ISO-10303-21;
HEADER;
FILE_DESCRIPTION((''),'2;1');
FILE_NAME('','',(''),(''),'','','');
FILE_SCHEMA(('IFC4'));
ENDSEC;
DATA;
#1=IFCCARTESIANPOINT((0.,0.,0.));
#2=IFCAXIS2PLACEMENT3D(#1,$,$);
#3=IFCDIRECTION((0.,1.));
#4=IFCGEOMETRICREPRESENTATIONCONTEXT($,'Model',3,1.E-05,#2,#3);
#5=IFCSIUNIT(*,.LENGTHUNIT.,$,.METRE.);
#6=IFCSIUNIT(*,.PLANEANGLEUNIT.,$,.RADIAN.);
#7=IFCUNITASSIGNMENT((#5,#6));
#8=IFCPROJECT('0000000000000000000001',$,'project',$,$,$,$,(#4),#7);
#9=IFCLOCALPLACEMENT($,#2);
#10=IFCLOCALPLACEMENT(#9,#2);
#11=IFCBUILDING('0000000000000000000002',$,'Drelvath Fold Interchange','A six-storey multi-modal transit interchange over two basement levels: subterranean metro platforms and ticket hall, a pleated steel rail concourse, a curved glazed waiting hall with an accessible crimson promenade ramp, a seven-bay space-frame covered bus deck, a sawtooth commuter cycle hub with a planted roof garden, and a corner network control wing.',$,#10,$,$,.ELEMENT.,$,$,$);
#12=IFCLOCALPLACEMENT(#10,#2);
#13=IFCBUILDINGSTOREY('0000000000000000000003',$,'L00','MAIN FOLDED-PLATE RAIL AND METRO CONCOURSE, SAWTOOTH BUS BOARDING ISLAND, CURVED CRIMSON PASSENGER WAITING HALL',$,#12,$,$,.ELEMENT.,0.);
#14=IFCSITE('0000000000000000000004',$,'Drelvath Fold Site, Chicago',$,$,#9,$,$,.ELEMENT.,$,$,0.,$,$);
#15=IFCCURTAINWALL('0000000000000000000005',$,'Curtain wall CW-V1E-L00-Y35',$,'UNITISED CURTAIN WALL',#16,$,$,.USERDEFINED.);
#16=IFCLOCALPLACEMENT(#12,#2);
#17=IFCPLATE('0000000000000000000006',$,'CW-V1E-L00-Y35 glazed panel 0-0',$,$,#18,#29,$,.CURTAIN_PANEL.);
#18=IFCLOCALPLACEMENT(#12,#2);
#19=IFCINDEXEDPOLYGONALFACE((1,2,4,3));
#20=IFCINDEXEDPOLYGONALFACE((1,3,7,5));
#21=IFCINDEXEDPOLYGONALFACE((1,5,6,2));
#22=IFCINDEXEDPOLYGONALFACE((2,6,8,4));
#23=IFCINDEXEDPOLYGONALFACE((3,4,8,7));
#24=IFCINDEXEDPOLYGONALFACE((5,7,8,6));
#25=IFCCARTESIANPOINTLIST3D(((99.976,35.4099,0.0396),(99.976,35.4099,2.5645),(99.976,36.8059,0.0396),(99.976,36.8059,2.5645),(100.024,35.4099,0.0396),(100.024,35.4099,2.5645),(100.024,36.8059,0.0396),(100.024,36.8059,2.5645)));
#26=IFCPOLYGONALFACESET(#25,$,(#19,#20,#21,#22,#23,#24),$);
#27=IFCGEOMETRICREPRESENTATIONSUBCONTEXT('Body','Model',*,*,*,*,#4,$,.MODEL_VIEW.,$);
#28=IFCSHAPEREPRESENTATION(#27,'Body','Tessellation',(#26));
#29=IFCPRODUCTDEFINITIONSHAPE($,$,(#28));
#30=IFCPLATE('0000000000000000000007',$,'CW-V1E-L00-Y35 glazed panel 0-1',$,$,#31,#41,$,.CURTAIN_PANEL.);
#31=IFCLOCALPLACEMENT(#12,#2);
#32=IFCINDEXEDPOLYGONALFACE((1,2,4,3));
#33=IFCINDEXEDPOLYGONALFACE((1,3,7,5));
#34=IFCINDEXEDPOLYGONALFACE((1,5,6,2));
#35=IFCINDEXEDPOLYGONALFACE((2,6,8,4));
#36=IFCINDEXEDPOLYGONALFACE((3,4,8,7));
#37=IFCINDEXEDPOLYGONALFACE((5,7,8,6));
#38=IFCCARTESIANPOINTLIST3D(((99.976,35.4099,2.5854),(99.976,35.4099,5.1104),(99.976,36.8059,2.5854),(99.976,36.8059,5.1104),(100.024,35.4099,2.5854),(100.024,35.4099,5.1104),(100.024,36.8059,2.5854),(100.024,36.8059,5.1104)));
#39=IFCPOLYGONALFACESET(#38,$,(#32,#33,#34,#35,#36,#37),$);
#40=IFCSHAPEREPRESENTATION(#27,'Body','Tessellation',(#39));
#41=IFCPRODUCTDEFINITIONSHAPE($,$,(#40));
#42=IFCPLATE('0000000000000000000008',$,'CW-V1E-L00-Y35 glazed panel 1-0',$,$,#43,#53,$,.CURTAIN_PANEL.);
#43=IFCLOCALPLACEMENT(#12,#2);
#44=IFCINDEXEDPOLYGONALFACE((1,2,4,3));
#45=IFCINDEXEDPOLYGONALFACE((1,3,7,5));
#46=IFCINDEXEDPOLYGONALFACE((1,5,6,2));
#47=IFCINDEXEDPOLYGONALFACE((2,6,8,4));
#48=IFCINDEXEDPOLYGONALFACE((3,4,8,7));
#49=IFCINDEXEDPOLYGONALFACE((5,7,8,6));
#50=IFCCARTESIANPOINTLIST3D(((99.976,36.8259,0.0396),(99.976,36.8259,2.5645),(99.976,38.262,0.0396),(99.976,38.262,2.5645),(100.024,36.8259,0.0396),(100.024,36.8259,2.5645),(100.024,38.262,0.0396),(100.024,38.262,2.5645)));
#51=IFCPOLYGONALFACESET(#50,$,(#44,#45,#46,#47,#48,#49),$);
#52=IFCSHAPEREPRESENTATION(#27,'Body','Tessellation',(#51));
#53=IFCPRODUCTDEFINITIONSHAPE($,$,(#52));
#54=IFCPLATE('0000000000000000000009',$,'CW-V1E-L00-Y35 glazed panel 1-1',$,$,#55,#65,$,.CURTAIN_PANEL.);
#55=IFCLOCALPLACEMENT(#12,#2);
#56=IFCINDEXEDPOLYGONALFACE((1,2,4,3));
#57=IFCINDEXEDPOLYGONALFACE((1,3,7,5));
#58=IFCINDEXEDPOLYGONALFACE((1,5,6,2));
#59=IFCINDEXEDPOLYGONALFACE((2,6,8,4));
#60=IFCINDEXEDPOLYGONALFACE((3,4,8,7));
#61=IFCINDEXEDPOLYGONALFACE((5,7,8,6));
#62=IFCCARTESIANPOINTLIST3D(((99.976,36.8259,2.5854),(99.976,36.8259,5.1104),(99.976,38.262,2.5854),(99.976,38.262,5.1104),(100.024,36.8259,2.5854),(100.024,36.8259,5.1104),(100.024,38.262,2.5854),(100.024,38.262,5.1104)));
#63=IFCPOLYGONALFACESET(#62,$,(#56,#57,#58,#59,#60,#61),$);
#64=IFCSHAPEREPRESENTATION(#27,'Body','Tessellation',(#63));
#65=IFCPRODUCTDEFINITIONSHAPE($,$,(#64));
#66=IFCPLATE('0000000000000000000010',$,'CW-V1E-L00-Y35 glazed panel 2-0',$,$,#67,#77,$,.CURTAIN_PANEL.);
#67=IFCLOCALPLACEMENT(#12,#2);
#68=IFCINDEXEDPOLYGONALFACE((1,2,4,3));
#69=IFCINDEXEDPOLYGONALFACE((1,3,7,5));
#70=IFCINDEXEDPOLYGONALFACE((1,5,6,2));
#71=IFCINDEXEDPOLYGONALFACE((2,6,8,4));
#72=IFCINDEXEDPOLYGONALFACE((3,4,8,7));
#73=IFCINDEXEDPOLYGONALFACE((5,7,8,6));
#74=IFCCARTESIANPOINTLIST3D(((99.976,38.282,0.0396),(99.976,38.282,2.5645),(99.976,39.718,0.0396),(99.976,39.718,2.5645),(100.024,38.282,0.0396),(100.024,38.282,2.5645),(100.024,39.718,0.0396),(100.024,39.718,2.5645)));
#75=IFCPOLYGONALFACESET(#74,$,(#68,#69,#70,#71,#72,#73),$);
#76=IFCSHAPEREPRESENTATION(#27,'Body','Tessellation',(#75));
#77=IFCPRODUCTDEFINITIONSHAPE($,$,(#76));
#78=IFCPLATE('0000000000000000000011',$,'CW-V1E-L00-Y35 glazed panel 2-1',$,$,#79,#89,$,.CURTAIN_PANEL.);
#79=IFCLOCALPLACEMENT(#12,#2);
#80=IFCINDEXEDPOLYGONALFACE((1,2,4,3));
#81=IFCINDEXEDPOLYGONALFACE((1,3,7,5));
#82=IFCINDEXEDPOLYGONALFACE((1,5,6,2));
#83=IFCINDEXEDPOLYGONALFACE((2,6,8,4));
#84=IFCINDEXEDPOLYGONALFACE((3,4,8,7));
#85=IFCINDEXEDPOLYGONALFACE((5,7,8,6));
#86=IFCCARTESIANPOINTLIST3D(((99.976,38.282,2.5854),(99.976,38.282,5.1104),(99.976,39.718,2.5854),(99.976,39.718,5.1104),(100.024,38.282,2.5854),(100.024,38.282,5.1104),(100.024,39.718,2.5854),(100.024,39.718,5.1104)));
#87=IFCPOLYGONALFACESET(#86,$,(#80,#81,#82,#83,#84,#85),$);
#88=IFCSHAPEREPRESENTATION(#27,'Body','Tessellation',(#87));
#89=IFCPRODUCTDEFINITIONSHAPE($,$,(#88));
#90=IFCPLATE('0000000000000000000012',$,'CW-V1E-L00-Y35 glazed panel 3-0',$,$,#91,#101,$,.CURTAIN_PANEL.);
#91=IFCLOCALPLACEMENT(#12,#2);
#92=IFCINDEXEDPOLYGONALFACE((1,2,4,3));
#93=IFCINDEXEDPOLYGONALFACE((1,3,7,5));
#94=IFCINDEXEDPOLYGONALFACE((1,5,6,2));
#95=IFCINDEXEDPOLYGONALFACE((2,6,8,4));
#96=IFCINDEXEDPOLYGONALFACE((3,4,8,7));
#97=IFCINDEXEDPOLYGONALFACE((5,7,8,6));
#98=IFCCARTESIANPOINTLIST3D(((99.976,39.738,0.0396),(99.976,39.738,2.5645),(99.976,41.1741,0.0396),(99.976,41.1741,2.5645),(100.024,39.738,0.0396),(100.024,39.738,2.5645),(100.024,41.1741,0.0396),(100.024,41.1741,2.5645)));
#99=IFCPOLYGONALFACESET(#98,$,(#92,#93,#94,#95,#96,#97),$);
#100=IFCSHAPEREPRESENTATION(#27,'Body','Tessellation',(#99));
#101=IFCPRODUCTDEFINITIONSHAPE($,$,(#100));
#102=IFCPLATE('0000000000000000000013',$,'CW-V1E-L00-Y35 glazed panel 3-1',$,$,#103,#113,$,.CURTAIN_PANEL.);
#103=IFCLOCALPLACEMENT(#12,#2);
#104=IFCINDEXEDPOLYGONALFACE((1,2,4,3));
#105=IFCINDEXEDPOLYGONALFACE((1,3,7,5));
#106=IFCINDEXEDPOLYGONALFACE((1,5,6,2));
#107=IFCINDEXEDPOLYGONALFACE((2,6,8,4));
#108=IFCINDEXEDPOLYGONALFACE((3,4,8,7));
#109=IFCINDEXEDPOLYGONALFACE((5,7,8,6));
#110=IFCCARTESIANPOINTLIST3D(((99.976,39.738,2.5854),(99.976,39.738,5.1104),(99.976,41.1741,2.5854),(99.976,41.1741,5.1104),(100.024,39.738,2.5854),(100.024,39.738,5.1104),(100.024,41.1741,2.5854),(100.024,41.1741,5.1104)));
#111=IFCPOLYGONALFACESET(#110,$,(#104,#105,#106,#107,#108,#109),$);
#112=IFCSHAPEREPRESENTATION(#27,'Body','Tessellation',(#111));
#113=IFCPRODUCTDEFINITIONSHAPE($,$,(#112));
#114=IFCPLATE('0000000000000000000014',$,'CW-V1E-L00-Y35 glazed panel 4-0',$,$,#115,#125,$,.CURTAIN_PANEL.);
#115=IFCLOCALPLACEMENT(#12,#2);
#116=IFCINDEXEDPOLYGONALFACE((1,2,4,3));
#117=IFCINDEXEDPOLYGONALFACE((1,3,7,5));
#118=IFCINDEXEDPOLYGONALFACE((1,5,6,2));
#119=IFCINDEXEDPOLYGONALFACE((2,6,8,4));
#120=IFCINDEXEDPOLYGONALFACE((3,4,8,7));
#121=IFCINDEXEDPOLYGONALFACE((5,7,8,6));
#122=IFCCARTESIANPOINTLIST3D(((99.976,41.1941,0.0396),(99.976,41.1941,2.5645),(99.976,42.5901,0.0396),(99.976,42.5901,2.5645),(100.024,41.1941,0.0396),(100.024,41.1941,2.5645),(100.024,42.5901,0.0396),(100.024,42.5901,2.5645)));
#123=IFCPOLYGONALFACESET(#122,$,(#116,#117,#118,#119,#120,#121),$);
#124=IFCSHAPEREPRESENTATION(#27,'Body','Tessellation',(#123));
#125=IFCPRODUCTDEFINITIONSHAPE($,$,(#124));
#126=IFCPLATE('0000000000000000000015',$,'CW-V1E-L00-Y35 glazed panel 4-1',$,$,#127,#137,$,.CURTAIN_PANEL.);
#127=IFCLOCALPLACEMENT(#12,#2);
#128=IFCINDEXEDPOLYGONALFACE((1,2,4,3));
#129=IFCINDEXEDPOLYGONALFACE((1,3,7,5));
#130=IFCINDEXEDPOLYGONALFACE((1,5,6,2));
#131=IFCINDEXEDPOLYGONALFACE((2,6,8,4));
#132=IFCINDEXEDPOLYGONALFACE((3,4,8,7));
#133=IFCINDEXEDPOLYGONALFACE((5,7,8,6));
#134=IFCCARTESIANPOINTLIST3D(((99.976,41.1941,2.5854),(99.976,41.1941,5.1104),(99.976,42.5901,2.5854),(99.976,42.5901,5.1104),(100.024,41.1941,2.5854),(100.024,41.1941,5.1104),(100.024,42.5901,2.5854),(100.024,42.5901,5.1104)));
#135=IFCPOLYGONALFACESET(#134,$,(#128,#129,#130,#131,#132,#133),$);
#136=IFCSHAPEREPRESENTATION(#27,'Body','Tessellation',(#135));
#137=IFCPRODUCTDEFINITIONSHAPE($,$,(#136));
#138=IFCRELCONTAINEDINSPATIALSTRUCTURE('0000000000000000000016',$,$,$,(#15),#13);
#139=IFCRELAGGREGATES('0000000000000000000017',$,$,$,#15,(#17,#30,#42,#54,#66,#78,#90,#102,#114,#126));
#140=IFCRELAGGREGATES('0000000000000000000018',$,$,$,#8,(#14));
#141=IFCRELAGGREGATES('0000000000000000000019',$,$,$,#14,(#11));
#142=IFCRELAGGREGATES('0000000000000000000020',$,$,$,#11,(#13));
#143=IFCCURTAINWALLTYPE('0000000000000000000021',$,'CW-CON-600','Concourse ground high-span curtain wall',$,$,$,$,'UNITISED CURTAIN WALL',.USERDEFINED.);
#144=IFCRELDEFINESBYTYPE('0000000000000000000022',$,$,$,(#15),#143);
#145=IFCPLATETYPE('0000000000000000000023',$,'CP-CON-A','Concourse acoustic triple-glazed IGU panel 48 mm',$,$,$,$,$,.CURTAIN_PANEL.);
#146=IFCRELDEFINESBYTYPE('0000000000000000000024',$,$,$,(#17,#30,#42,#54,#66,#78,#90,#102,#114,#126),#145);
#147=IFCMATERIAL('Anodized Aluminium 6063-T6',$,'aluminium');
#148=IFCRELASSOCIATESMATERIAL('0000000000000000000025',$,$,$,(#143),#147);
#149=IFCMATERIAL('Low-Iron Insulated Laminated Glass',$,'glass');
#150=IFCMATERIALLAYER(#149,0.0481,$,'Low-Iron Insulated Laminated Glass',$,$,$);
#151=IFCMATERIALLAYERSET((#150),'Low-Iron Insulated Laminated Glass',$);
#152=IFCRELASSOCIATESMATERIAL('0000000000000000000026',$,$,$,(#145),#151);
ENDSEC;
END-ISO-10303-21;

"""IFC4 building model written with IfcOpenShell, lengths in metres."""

from ifc_helpers import new_model, si_unit, direction, frame, origin, origin_2d, place, context, subcontext, project, spatial, rectangle, extrude, material, layer, layer_set, type_object, element, aggregate, save


model = new_model("IFC4")

# Units and contexts
model_context = context("Model", 3, precision=1e-05, world=origin(), true_north=direction((0.0, 1.0)))
body_context = subcontext(model_context, "Body", "Model", "MODEL_VIEW")
ifc_project = project(units=[si_unit("LENGTHUNIT", "METRE"), si_unit("PLANEANGLEUNIT", "RADIAN")], contexts=[model_context])

# Site, building, storey
site_placement = place(None, origin())
site = spatial("IfcSite", under=ifc_project, at=site_placement, Name="Drelvath Fold Site, Chicago", CompositionType="ELEMENT", RefElevation=0.0)
building_placement = place(site_placement, origin())
building = spatial("IfcBuilding", under=site, at=building_placement, Name="Drelvath Fold Interchange", Description="A six-storey multi-modal transit interchange over two basement levels: subterranean metro platforms and ticket hall, a pleated steel rail concourse, a curved glazed waiting hall with an accessible crimson promenade ramp, a seven-bay space-frame covered bus deck, a sawtooth commuter cycle hub with a planted roof garden, and a corner network control wing.", CompositionType="ELEMENT")
storey_placement = place(building_placement, origin())
storey = spatial("IfcBuildingStorey", under=building, at=storey_placement, Name="L00", Description="MAIN FOLDED-PLATE RAIL AND METRO CONCOURSE, SAWTOOTH BUS BOARDING ISLAND, CURVED CRIMSON PASSENGER WAITING HALL", CompositionType="ELEMENT", Elevation=0.0)

# Curtain wall
ifc_material_1 = material(Name="Anodized Aluminium 6063-T6", Category="aluminium")
curtain_wall_type = type_object("IfcCurtainWallType", Name="CW-CON-600", Description="Concourse ground high-span curtain wall", ElementType="UNITISED CURTAIN WALL", PredefinedType="USERDEFINED", material=ifc_material_1)
curtain_wall_1_placement = place(storey_placement, origin())
curtain_wall_1 = element("IfcCurtainWall", 1, at=curtain_wall_1_placement, inside=storey, type_object=curtain_wall_type, Name="Curtain wall CW-V1E-L00-Y35", ObjectType="UNITISED CURTAIN WALL", PredefinedType="USERDEFINED")

# Plates
ifc_material_2 = material(Name="Low-Iron Insulated Laminated Glass", Category="glass")
ifc_layer = layer(ifc_material_2, 0.0481, Name="Low-Iron Insulated Laminated Glass")
ifc_layer_set = layer_set([ifc_layer], Name="Low-Iron Insulated Laminated Glass")
plate_type = type_object("IfcPlateType", Name="CP-CON-A", Description="Concourse acoustic triple-glazed IGU panel 48 mm", PredefinedType="CURTAIN_PANEL", material=ifc_layer_set)
plate_1_placement = place(storey_placement, frame((100.0, 36.1079, 0.0396), z_axis=(0.0, 0.0, 1.0), x_axis=(0.0, 1.0, 0.0)))
plate_1 = element("IfcPlate", 2, at=plate_1_placement, type_object=plate_type, Name="CW-V1E-L00-Y35 glazed panel 0-0", PredefinedType="CURTAIN_PANEL", context=body_context, shape_type="SweptSolid", body=[
    extrude(rectangle(XDim=1.396, YDim=0.0481, at=origin_2d()), origin(), (0.0, 0.0, 1.0), 2.5249),
])
plate_2_placement = place(storey_placement, frame((100.0, 36.1079, 2.5854), z_axis=(0.0, 0.0, 1.0), x_axis=(0.0, 1.0, 0.0)))
plate_2 = element("IfcPlate", 3, at=plate_2_placement, type_object=plate_type, Name="CW-V1E-L00-Y35 glazed panel 0-1", PredefinedType="CURTAIN_PANEL", context=body_context, shape_type="SweptSolid", body=[
    extrude(rectangle(XDim=1.396, YDim=0.0481, at=origin_2d()), origin(), (0.0, 0.0, 1.0), 2.5249),
])
plate_3_placement = place(storey_placement, frame((100.0, 37.5439, 0.0396), z_axis=(0.0, 0.0, 1.0), x_axis=(0.0, 1.0, 0.0)))
plate_3 = element("IfcPlate", 4, at=plate_3_placement, type_object=plate_type, Name="CW-V1E-L00-Y35 glazed panel 1-0", PredefinedType="CURTAIN_PANEL", context=body_context, shape_type="SweptSolid", body=[
    extrude(rectangle(XDim=1.436, YDim=0.0481, at=origin_2d()), origin(), (0.0, 0.0, 1.0), 2.5249),
])
plate_4_placement = place(storey_placement, frame((100.0, 37.5439, 2.5854), z_axis=(0.0, 0.0, 1.0), x_axis=(0.0, 1.0, 0.0)))
plate_4 = element("IfcPlate", 5, at=plate_4_placement, type_object=plate_type, Name="CW-V1E-L00-Y35 glazed panel 1-1", PredefinedType="CURTAIN_PANEL", context=body_context, shape_type="SweptSolid", body=[
    extrude(rectangle(XDim=1.436, YDim=0.0481, at=origin_2d()), origin(), (0.0, 0.0, 1.0), 2.5249),
])
plate_5_placement = place(storey_placement, frame((100.0, 39.0, 0.0396), z_axis=(0.0, 0.0, 1.0), x_axis=(0.0, 1.0, 0.0)))
plate_5 = element("IfcPlate", 6, at=plate_5_placement, type_object=plate_type, Name="CW-V1E-L00-Y35 glazed panel 2-0", PredefinedType="CURTAIN_PANEL", context=body_context, shape_type="SweptSolid", body=[
    extrude(rectangle(XDim=1.436, YDim=0.0481, at=origin_2d()), origin(), (0.0, 0.0, 1.0), 2.5249),
])
plate_6_placement = place(storey_placement, frame((100.0, 39.0, 2.5854), z_axis=(0.0, 0.0, 1.0), x_axis=(0.0, 1.0, 0.0)))
plate_6 = element("IfcPlate", 7, at=plate_6_placement, type_object=plate_type, Name="CW-V1E-L00-Y35 glazed panel 2-1", PredefinedType="CURTAIN_PANEL", context=body_context, shape_type="SweptSolid", body=[
    extrude(rectangle(XDim=1.436, YDim=0.0481, at=origin_2d()), origin(), (0.0, 0.0, 1.0), 2.5249),
])
plate_7_placement = place(storey_placement, frame((100.0, 40.4561, 0.0396), z_axis=(0.0, 0.0, 1.0), x_axis=(0.0, 1.0, 0.0)))
plate_7 = element("IfcPlate", 8, at=plate_7_placement, type_object=plate_type, Name="CW-V1E-L00-Y35 glazed panel 3-0", PredefinedType="CURTAIN_PANEL", context=body_context, shape_type="SweptSolid", body=[
    extrude(rectangle(XDim=1.436, YDim=0.0481, at=origin_2d()), origin(), (0.0, 0.0, 1.0), 2.5249),
])
plate_8_placement = place(storey_placement, frame((100.0, 40.4561, 2.5854), z_axis=(0.0, 0.0, 1.0), x_axis=(0.0, 1.0, 0.0)))
plate_8 = element("IfcPlate", 9, at=plate_8_placement, type_object=plate_type, Name="CW-V1E-L00-Y35 glazed panel 3-1", PredefinedType="CURTAIN_PANEL", context=body_context, shape_type="SweptSolid", body=[
    extrude(rectangle(XDim=1.436, YDim=0.0481, at=origin_2d()), origin(), (0.0, 0.0, 1.0), 2.5249),
])
plate_9_placement = place(storey_placement, frame((100.0, 41.8921, 0.0396), z_axis=(0.0, 0.0, 1.0), x_axis=(0.0, 1.0, 0.0)))
plate_9 = element("IfcPlate", 10, at=plate_9_placement, type_object=plate_type, Name="CW-V1E-L00-Y35 glazed panel 4-0", PredefinedType="CURTAIN_PANEL", context=body_context, shape_type="SweptSolid", body=[
    extrude(rectangle(XDim=1.396, YDim=0.0481, at=origin_2d()), origin(), (0.0, 0.0, 1.0), 2.5249),
])
plate_10_placement = place(storey_placement, frame((100.0, 41.8921, 2.5854), z_axis=(0.0, 0.0, 1.0), x_axis=(0.0, 1.0, 0.0)))
plate_10 = element("IfcPlate", 11, at=plate_10_placement, type_object=plate_type, Name="CW-V1E-L00-Y35 glazed panel 4-1", PredefinedType="CURTAIN_PANEL", context=body_context, shape_type="SweptSolid", body=[
    extrude(rectangle(XDim=1.396, YDim=0.0481, at=origin_2d()), origin(), (0.0, 0.0, 1.0), 2.5249),
])
aggregate(curtain_wall_1, [plate_1, plate_2, plate_3, plate_4, plate_5, plate_6, plate_7, plate_8, plate_9, plate_10])

save(model, "model.ifc")
